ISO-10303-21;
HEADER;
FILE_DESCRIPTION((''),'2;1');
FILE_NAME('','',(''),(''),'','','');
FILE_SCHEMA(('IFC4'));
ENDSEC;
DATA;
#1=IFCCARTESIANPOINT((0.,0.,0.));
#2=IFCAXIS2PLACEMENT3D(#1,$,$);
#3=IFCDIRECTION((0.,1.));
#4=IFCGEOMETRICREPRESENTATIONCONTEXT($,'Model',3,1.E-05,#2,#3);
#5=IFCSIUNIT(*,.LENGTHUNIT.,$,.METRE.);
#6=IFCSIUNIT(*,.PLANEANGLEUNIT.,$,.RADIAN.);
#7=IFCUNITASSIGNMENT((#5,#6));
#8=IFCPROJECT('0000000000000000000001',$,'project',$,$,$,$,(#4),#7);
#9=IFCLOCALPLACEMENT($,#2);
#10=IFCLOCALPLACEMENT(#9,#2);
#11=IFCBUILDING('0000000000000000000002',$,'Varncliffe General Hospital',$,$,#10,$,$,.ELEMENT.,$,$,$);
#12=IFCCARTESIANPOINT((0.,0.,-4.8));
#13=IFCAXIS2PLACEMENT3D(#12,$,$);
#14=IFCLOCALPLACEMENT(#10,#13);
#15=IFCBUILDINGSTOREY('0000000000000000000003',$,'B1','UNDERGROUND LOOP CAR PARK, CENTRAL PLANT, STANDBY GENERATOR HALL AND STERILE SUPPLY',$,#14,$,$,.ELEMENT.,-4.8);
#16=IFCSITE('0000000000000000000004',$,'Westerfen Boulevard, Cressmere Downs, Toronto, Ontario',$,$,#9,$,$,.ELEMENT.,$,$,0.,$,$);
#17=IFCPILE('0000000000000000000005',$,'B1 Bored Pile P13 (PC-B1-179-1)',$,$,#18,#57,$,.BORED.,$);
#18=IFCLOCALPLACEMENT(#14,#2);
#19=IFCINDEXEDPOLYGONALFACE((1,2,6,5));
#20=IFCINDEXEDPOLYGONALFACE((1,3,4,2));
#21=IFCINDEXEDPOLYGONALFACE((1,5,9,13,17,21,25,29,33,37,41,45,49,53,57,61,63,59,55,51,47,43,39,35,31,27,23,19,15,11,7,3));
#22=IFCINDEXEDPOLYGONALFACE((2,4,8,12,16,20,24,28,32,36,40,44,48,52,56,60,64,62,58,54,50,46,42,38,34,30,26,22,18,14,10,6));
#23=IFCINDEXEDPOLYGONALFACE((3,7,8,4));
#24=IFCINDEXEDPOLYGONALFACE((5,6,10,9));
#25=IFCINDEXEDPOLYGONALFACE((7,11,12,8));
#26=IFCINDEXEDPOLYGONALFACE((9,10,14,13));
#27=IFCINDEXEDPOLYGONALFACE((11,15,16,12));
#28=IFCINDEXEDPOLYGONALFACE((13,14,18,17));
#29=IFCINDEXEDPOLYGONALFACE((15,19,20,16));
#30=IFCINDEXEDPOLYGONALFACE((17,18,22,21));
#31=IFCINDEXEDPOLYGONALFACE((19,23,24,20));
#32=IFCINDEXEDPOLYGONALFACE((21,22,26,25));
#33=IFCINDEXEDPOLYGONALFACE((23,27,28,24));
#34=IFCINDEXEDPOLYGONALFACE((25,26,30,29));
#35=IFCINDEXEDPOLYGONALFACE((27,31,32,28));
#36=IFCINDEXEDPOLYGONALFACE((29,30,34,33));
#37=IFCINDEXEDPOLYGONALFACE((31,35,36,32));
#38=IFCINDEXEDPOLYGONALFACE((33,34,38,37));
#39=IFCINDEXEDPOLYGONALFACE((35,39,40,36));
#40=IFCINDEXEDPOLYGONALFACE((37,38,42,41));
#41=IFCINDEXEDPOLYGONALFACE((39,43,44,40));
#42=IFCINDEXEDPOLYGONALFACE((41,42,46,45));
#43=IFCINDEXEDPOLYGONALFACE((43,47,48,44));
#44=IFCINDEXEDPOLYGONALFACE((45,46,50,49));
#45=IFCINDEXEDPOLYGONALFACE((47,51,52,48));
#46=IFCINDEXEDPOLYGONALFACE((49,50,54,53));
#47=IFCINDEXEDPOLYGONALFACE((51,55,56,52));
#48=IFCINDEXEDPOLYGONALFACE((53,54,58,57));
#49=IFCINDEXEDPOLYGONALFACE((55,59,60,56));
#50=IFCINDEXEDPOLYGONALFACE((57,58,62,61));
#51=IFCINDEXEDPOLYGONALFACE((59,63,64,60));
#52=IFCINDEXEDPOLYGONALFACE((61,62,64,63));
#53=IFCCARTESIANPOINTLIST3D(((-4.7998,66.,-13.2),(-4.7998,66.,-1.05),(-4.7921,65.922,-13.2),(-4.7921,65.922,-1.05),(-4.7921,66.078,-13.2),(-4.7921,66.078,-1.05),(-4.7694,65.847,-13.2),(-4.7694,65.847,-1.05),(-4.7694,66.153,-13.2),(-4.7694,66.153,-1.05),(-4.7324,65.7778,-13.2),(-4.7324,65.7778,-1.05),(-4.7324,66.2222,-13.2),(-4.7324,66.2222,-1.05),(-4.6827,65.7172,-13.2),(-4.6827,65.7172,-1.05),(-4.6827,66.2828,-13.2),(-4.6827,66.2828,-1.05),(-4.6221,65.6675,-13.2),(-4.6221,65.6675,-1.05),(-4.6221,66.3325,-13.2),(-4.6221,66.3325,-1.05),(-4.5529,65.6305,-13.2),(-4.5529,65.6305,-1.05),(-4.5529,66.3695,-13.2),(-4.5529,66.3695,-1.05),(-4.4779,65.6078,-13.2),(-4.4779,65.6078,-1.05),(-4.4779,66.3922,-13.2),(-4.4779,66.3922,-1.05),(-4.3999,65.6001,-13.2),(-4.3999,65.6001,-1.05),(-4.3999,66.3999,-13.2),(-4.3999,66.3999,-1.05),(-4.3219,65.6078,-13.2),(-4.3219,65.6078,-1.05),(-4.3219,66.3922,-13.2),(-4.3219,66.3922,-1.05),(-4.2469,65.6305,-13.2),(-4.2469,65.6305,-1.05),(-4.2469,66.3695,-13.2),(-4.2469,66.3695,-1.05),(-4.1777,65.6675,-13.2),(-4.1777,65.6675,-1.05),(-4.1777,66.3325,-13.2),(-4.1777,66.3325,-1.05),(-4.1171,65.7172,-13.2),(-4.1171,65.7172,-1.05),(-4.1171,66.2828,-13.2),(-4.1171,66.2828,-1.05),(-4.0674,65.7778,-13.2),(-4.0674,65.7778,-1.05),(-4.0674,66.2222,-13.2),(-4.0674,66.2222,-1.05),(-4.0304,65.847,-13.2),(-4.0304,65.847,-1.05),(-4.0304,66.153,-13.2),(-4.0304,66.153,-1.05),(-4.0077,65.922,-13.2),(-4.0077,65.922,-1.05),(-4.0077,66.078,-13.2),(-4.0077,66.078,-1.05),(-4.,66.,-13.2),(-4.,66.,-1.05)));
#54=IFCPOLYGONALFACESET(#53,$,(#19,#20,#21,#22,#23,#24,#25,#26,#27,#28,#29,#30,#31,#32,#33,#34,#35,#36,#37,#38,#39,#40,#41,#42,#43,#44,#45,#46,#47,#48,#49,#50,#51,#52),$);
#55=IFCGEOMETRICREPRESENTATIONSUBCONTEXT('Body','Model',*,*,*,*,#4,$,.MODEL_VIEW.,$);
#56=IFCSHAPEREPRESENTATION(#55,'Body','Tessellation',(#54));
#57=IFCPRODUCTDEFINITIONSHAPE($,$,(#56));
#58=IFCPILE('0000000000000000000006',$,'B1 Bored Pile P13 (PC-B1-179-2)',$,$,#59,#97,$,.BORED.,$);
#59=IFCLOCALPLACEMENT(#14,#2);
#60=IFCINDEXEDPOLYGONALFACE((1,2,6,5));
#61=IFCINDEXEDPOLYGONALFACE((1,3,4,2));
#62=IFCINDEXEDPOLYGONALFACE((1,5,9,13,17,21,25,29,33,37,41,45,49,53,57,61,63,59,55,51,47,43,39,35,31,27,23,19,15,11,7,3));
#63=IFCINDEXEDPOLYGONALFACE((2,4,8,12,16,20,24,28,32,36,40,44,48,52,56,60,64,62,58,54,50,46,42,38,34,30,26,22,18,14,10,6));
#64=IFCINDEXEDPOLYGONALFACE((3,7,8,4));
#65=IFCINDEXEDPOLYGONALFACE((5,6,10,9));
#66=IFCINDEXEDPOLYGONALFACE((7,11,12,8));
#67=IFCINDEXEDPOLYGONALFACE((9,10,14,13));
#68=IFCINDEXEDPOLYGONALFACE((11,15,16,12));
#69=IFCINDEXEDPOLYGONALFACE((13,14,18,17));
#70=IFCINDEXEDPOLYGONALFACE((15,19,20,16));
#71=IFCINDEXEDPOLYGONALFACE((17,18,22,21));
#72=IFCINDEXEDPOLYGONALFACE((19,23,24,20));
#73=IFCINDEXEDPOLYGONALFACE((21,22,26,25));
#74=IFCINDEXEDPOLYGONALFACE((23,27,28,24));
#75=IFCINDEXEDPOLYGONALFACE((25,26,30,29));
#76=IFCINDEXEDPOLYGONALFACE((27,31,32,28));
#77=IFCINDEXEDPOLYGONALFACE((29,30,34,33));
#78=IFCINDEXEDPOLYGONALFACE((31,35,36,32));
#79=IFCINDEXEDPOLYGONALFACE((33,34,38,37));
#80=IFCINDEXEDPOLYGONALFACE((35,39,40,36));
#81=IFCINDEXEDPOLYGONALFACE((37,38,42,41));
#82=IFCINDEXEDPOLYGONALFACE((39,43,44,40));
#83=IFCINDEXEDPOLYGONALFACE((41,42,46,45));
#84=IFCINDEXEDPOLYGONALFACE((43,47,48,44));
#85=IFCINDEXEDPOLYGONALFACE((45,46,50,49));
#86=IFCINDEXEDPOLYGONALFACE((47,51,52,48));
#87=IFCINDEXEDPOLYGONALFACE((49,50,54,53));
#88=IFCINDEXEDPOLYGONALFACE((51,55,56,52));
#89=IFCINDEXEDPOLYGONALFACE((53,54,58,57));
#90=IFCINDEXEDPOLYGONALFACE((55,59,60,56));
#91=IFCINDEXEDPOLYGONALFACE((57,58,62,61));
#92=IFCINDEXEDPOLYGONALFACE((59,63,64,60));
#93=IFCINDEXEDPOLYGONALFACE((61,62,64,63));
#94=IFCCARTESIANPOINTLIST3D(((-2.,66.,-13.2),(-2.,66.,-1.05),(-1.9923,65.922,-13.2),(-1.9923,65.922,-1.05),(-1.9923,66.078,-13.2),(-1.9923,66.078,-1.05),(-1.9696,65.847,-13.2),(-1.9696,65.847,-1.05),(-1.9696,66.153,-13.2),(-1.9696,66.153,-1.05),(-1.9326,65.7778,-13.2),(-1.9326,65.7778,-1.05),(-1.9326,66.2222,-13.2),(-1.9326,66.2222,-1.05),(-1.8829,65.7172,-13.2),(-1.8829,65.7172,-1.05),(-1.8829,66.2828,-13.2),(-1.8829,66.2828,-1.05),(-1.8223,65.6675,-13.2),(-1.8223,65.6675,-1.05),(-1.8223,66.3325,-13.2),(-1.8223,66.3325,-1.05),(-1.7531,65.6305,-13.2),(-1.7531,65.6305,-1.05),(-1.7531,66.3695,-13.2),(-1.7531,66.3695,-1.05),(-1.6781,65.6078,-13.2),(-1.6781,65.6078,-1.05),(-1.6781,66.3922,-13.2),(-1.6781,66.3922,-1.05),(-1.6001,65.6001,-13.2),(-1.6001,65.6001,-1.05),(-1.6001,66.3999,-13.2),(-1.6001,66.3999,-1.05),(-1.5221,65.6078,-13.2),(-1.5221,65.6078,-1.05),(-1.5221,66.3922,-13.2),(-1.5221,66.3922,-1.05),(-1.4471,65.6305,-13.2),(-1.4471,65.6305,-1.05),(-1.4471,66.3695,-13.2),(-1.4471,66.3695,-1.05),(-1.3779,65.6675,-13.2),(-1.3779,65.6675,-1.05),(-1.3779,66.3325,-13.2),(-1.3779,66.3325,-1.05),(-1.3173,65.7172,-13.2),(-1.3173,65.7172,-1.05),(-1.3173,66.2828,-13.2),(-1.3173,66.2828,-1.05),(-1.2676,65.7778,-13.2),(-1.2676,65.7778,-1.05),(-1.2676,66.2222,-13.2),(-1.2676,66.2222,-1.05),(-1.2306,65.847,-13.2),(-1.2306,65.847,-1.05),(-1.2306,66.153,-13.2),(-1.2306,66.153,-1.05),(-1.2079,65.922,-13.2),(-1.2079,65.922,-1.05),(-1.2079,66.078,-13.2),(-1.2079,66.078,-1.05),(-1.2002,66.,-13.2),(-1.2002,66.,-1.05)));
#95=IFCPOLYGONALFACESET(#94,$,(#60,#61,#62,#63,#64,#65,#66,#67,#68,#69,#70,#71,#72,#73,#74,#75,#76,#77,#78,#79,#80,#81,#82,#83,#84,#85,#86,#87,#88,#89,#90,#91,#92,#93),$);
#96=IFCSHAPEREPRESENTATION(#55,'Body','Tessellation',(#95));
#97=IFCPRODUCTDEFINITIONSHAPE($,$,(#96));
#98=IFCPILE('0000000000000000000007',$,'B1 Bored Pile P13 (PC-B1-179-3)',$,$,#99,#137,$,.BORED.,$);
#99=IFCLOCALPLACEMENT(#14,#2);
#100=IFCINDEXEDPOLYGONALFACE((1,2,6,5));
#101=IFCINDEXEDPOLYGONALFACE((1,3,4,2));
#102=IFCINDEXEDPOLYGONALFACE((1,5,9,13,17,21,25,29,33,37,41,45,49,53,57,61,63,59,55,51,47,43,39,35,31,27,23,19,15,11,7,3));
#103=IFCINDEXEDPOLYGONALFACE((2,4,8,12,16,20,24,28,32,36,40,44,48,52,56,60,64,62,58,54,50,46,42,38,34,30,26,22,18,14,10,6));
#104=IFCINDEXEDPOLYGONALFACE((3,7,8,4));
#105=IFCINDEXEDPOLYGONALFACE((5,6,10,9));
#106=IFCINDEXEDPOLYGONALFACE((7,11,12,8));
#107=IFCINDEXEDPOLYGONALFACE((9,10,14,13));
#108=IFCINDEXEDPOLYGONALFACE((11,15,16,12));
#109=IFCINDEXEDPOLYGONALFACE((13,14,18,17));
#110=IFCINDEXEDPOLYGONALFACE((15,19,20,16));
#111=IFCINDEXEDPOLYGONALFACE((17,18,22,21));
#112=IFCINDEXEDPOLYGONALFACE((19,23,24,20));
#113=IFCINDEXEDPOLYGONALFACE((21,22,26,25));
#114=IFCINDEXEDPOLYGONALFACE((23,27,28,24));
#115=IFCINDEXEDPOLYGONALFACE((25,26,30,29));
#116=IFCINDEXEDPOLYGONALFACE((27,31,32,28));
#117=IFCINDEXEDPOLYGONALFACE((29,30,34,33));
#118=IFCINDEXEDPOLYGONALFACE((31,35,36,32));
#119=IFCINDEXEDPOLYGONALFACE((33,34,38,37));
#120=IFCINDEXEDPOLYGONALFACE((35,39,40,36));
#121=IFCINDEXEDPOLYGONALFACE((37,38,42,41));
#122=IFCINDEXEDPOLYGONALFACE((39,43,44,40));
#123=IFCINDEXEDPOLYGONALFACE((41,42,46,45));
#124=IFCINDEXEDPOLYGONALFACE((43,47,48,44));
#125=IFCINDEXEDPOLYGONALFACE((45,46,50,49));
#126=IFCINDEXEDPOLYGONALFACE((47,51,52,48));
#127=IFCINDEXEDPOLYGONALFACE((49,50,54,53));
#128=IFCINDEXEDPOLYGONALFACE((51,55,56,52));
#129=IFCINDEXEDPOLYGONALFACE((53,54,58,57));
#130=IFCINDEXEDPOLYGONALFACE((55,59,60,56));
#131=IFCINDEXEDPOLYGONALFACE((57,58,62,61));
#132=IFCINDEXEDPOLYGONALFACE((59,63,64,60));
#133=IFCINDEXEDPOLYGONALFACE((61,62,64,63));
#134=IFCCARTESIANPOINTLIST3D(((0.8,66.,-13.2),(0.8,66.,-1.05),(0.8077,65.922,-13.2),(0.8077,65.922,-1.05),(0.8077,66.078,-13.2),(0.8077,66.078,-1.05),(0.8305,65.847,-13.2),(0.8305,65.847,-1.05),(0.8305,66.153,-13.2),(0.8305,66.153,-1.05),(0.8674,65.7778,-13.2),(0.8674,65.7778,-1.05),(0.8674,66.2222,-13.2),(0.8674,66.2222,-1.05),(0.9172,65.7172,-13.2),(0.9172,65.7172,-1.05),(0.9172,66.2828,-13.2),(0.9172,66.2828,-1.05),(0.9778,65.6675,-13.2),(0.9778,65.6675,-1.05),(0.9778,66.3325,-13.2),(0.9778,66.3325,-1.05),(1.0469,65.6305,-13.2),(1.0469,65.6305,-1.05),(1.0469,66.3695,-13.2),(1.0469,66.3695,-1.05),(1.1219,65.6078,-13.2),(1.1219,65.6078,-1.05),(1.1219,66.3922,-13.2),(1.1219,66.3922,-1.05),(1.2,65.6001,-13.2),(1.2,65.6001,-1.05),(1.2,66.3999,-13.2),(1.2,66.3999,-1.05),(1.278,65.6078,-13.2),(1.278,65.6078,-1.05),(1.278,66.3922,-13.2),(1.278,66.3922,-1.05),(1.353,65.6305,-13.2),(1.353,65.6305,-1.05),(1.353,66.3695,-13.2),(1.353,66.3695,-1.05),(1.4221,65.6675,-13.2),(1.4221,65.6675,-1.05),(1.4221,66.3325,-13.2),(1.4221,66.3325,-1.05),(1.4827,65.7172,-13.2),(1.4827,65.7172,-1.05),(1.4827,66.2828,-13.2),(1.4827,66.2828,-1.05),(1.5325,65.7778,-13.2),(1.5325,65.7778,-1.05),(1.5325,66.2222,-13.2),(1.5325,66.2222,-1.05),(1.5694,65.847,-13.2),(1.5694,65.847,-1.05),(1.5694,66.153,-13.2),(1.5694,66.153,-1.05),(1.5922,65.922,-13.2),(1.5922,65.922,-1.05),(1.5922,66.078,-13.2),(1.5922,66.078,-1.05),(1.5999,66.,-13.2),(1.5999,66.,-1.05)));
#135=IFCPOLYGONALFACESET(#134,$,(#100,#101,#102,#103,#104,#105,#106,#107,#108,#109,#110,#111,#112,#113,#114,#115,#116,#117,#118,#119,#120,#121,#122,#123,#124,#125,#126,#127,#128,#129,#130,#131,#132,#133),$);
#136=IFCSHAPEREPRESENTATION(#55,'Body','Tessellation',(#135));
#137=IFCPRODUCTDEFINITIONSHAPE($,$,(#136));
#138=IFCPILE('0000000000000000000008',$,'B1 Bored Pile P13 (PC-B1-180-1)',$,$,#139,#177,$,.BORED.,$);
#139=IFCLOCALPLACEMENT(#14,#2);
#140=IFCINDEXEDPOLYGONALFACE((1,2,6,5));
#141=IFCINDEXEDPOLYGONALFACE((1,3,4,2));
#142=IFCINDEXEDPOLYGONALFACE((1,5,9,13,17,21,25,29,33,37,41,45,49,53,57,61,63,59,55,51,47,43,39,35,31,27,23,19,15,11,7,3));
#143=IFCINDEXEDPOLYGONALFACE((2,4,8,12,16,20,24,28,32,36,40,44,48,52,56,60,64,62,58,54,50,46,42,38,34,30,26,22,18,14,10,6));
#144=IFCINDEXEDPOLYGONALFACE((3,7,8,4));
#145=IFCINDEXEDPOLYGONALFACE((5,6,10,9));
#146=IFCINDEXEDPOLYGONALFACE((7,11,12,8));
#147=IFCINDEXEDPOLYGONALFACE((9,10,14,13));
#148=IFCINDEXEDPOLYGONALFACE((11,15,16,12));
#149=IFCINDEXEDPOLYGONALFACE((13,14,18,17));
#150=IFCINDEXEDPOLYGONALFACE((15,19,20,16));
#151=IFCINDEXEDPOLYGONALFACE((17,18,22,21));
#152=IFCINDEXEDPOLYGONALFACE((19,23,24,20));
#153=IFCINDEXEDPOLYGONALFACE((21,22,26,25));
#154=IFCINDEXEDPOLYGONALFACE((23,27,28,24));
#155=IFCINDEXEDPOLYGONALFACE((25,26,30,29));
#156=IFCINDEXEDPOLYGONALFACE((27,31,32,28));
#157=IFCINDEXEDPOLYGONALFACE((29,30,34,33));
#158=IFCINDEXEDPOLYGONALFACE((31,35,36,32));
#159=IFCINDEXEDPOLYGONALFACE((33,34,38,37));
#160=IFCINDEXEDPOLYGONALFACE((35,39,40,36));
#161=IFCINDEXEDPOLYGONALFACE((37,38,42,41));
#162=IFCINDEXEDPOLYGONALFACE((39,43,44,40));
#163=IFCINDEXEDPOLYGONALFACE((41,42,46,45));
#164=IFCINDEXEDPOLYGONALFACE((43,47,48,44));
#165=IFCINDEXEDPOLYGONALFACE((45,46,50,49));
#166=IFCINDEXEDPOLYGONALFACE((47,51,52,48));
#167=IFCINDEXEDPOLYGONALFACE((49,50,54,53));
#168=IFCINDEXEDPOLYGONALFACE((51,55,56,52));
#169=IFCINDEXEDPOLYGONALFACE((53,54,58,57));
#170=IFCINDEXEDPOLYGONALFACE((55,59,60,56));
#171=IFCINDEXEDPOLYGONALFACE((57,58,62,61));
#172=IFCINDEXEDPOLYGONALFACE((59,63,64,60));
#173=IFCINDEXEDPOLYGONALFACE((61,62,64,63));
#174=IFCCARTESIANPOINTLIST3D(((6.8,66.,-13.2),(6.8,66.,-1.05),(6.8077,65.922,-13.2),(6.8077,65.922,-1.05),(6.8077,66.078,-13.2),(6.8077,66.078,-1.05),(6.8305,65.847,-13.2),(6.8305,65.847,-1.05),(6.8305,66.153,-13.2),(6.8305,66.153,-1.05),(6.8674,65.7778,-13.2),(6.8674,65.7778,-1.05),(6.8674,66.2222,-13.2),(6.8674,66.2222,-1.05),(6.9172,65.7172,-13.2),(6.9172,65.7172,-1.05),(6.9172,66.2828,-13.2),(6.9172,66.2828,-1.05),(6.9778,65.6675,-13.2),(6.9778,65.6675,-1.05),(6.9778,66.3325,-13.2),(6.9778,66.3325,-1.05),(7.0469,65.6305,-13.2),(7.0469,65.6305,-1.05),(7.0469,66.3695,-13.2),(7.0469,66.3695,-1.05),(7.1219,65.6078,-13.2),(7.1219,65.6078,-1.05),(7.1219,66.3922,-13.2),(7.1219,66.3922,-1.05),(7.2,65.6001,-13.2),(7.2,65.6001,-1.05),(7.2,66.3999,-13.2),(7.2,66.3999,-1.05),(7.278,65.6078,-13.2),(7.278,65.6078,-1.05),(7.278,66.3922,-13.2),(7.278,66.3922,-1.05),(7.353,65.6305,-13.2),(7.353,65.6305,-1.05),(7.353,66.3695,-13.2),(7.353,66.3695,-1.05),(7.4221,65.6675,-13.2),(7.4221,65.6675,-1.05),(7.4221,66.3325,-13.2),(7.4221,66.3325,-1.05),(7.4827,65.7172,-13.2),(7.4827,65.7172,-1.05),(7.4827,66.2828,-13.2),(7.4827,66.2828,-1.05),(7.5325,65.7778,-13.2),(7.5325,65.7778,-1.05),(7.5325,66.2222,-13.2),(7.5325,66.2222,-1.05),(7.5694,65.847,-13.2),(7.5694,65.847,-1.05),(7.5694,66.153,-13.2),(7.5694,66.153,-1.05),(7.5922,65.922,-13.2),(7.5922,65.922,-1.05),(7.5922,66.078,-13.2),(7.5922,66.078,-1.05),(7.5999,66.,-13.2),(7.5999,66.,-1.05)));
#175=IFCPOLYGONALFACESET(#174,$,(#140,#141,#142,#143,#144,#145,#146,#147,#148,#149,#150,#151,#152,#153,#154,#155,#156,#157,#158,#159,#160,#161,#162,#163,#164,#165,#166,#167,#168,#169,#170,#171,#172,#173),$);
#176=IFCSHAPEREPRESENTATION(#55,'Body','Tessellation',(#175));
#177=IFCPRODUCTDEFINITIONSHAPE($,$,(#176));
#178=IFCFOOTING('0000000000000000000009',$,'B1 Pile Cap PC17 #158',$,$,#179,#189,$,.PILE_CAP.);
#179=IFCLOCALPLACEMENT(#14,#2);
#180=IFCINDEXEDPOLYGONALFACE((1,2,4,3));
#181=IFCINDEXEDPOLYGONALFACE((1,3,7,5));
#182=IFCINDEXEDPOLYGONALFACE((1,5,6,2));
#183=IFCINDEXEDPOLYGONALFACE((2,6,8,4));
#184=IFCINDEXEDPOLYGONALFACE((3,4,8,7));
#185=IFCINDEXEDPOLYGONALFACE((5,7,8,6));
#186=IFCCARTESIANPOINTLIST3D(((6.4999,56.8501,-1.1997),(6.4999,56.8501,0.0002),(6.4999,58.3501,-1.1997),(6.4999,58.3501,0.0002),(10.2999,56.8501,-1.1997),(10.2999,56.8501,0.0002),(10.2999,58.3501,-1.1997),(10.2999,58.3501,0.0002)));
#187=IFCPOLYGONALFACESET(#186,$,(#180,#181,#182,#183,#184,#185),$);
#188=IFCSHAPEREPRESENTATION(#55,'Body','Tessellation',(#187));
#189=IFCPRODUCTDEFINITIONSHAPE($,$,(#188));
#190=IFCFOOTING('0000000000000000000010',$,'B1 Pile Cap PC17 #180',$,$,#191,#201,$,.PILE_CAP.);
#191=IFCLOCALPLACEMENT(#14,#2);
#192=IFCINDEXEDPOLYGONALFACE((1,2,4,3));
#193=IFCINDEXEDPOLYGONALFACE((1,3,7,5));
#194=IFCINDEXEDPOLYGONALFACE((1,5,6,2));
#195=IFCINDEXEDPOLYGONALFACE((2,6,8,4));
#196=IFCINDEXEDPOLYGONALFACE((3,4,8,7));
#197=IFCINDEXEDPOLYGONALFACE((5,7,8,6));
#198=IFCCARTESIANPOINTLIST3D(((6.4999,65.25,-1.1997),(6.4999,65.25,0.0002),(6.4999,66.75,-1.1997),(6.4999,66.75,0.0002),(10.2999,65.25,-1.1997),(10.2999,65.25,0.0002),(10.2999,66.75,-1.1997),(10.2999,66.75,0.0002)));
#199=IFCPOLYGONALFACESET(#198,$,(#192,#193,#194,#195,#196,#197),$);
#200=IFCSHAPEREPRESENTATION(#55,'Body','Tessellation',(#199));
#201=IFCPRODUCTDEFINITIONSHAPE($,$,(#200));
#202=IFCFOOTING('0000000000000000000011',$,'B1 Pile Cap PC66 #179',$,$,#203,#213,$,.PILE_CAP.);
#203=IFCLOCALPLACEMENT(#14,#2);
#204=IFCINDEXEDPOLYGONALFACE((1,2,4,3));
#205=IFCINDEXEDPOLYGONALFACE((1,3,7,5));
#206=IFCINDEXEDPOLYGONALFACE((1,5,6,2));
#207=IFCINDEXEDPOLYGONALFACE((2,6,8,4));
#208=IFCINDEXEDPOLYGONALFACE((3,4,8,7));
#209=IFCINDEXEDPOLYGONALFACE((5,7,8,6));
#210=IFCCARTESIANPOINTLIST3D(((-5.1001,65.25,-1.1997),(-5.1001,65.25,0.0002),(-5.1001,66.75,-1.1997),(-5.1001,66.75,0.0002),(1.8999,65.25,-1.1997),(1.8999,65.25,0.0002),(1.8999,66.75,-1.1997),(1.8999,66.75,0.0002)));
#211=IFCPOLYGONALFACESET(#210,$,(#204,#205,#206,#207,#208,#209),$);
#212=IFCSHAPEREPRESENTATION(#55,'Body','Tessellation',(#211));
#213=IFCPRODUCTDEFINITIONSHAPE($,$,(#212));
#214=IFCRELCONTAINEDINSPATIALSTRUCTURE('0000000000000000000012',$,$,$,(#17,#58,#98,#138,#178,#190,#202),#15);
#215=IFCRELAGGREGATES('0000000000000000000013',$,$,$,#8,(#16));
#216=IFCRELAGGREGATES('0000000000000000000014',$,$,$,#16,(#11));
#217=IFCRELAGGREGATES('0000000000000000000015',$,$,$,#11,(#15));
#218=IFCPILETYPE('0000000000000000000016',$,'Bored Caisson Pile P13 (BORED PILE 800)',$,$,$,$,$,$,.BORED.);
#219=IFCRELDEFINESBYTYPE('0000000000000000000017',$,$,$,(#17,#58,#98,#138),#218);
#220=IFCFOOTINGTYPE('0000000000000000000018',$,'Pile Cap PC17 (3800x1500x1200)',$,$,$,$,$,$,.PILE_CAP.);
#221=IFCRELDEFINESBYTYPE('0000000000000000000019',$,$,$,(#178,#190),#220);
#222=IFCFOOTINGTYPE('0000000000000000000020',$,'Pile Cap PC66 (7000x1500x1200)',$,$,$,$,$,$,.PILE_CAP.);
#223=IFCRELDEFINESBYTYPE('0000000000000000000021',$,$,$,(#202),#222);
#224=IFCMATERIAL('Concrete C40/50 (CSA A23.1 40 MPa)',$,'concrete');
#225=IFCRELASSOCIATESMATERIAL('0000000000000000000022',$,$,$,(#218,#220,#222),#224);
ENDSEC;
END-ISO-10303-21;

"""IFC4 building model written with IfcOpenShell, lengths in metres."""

from ifc_helpers import new_model, si_unit, direction, frame, origin, origin_2d, place, context, subcontext, project, spatial, rectangle, circle, extrude, material, material_profile, profile_set, type_object, element, save


model = new_model("IFC4")

# Units and contexts
model_context = context("Model", 3, precision=1e-05, world=origin(), true_north=direction((0.0, 1.0)))
body_context = subcontext(model_context, "Body", "Model", "MODEL_VIEW")
ifc_project = project(units=[si_unit("LENGTHUNIT", "METRE"), si_unit("PLANEANGLEUNIT", "RADIAN")], contexts=[model_context])

# Site, building, storey
site_placement = place(None, origin())
site = spatial("IfcSite", under=ifc_project, at=site_placement, Name="Westerfen Boulevard, Cressmere Downs, Toronto, Ontario", CompositionType="ELEMENT", RefElevation=0.0)
building_placement = place(site_placement, origin())
building = spatial("IfcBuilding", under=site, at=building_placement, Name="Varncliffe General Hospital", CompositionType="ELEMENT")
storey_placement = place(building_placement, frame((0.0, 0.0, -4.8)))
storey = spatial("IfcBuildingStorey", under=building, at=storey_placement, Name="B1", Description="UNDERGROUND LOOP CAR PARK, CENTRAL PLANT, STANDBY GENERATOR HALL AND STERILE SUPPLY", CompositionType="ELEMENT", Elevation=-4.8)

# Piles
ifc_material_1 = material(Name="Concrete C40/50 (CSA A23.1 40 MPa)", Category="concrete")
ifc_material_profile_1 = material_profile(ifc_material_1, circle(Radius=0.3999, at=origin_2d()), Name="BORED PILE 800")
ifc_profile_set_1 = profile_set([ifc_material_profile_1], Name="Concrete C40/50 (CSA A23.1 40 MPa)")
pile_type = type_object("IfcPileType", Name="Bored Caisson Pile P13 (BORED PILE 800)", PredefinedType="BORED", material=ifc_profile_set_1)
for number, where, z_axis, x_axis, name in (
    (1, (-4.3999, 66.0, -1.05), (0.0, 0.0, -1.0), (1.0, 0.0, 0.0), "B1 Bored Pile P13 (PC-B1-179-1)"),
    (2, (-1.6001, 66.0, -1.05), (0.0, 0.0, -1.0), (1.0, 0.0, 0.0), "B1 Bored Pile P13 (PC-B1-179-2)"),
    (3, (1.2, 66.0, -1.05), (0.0, 0.0, -1.0), (1.0, 0.0, 0.0), "B1 Bored Pile P13 (PC-B1-179-3)"),
    (4, (7.2, 66.0, -1.05), (0.0, 0.0, -1.0), (1.0, 0.0, 0.0), "B1 Bored Pile P13 (PC-B1-180-1)"),
):
    element("IfcPile", number, at=place(storey_placement, frame(where, z_axis=z_axis, x_axis=x_axis)), inside=storey, type_object=pile_type, Name=name, PredefinedType="BORED", context=body_context, shape_type="SweptSolid", body=[
        extrude(circle(Radius=0.3999, at=origin_2d()), origin(), (0.0, 0.0, 1.0), 12.1499),
    ])

# Footings
footing_type_1 = type_object("IfcFootingType", Name="Pile Cap PC17 (3800x1500x1200)", PredefinedType="PILE_CAP", material=ifc_material_1)
for number, where, z_axis, x_axis, name in (
    (5, (8.3999, 57.6001, -1.1997), (0.0, 0.0, 1.0), (1.0, 0.0, 0.0), "B1 Pile Cap PC17 #158"),
    (6, (8.3999, 66.0, -1.1997), (0.0, 0.0, 1.0), (1.0, 0.0, 0.0), "B1 Pile Cap PC17 #180"),
):
    element("IfcFooting", number, at=place(storey_placement, frame(where, z_axis=z_axis, x_axis=x_axis)), inside=storey, type_object=footing_type_1, Name=name, PredefinedType="PILE_CAP", context=body_context, shape_type="SweptSolid", body=[
        extrude(rectangle(XDim=3.8, YDim=1.5, at=origin_2d()), origin(), (0.0, 0.0, 1.0), 1.2),
    ])
footing_type_2 = type_object("IfcFootingType", Name="Pile Cap PC66 (7000x1500x1200)", PredefinedType="PILE_CAP", material=ifc_material_1)
footing_1_placement = place(storey_placement, frame((-1.6001, 66.0, -1.1997), z_axis=(0.0, 0.0, 1.0), x_axis=(1.0, 0.0, 0.0)))
element("IfcFooting", 7, at=footing_1_placement, inside=storey, type_object=footing_type_2, Name="B1 Pile Cap PC66 #179", PredefinedType="PILE_CAP", context=body_context, shape_type="SweptSolid", body=[
    extrude(rectangle(XDim=7.0, YDim=1.5, at=origin_2d()), origin(), (0.0, 0.0, 1.0), 1.2),
])

save(model, "model.ifc")
